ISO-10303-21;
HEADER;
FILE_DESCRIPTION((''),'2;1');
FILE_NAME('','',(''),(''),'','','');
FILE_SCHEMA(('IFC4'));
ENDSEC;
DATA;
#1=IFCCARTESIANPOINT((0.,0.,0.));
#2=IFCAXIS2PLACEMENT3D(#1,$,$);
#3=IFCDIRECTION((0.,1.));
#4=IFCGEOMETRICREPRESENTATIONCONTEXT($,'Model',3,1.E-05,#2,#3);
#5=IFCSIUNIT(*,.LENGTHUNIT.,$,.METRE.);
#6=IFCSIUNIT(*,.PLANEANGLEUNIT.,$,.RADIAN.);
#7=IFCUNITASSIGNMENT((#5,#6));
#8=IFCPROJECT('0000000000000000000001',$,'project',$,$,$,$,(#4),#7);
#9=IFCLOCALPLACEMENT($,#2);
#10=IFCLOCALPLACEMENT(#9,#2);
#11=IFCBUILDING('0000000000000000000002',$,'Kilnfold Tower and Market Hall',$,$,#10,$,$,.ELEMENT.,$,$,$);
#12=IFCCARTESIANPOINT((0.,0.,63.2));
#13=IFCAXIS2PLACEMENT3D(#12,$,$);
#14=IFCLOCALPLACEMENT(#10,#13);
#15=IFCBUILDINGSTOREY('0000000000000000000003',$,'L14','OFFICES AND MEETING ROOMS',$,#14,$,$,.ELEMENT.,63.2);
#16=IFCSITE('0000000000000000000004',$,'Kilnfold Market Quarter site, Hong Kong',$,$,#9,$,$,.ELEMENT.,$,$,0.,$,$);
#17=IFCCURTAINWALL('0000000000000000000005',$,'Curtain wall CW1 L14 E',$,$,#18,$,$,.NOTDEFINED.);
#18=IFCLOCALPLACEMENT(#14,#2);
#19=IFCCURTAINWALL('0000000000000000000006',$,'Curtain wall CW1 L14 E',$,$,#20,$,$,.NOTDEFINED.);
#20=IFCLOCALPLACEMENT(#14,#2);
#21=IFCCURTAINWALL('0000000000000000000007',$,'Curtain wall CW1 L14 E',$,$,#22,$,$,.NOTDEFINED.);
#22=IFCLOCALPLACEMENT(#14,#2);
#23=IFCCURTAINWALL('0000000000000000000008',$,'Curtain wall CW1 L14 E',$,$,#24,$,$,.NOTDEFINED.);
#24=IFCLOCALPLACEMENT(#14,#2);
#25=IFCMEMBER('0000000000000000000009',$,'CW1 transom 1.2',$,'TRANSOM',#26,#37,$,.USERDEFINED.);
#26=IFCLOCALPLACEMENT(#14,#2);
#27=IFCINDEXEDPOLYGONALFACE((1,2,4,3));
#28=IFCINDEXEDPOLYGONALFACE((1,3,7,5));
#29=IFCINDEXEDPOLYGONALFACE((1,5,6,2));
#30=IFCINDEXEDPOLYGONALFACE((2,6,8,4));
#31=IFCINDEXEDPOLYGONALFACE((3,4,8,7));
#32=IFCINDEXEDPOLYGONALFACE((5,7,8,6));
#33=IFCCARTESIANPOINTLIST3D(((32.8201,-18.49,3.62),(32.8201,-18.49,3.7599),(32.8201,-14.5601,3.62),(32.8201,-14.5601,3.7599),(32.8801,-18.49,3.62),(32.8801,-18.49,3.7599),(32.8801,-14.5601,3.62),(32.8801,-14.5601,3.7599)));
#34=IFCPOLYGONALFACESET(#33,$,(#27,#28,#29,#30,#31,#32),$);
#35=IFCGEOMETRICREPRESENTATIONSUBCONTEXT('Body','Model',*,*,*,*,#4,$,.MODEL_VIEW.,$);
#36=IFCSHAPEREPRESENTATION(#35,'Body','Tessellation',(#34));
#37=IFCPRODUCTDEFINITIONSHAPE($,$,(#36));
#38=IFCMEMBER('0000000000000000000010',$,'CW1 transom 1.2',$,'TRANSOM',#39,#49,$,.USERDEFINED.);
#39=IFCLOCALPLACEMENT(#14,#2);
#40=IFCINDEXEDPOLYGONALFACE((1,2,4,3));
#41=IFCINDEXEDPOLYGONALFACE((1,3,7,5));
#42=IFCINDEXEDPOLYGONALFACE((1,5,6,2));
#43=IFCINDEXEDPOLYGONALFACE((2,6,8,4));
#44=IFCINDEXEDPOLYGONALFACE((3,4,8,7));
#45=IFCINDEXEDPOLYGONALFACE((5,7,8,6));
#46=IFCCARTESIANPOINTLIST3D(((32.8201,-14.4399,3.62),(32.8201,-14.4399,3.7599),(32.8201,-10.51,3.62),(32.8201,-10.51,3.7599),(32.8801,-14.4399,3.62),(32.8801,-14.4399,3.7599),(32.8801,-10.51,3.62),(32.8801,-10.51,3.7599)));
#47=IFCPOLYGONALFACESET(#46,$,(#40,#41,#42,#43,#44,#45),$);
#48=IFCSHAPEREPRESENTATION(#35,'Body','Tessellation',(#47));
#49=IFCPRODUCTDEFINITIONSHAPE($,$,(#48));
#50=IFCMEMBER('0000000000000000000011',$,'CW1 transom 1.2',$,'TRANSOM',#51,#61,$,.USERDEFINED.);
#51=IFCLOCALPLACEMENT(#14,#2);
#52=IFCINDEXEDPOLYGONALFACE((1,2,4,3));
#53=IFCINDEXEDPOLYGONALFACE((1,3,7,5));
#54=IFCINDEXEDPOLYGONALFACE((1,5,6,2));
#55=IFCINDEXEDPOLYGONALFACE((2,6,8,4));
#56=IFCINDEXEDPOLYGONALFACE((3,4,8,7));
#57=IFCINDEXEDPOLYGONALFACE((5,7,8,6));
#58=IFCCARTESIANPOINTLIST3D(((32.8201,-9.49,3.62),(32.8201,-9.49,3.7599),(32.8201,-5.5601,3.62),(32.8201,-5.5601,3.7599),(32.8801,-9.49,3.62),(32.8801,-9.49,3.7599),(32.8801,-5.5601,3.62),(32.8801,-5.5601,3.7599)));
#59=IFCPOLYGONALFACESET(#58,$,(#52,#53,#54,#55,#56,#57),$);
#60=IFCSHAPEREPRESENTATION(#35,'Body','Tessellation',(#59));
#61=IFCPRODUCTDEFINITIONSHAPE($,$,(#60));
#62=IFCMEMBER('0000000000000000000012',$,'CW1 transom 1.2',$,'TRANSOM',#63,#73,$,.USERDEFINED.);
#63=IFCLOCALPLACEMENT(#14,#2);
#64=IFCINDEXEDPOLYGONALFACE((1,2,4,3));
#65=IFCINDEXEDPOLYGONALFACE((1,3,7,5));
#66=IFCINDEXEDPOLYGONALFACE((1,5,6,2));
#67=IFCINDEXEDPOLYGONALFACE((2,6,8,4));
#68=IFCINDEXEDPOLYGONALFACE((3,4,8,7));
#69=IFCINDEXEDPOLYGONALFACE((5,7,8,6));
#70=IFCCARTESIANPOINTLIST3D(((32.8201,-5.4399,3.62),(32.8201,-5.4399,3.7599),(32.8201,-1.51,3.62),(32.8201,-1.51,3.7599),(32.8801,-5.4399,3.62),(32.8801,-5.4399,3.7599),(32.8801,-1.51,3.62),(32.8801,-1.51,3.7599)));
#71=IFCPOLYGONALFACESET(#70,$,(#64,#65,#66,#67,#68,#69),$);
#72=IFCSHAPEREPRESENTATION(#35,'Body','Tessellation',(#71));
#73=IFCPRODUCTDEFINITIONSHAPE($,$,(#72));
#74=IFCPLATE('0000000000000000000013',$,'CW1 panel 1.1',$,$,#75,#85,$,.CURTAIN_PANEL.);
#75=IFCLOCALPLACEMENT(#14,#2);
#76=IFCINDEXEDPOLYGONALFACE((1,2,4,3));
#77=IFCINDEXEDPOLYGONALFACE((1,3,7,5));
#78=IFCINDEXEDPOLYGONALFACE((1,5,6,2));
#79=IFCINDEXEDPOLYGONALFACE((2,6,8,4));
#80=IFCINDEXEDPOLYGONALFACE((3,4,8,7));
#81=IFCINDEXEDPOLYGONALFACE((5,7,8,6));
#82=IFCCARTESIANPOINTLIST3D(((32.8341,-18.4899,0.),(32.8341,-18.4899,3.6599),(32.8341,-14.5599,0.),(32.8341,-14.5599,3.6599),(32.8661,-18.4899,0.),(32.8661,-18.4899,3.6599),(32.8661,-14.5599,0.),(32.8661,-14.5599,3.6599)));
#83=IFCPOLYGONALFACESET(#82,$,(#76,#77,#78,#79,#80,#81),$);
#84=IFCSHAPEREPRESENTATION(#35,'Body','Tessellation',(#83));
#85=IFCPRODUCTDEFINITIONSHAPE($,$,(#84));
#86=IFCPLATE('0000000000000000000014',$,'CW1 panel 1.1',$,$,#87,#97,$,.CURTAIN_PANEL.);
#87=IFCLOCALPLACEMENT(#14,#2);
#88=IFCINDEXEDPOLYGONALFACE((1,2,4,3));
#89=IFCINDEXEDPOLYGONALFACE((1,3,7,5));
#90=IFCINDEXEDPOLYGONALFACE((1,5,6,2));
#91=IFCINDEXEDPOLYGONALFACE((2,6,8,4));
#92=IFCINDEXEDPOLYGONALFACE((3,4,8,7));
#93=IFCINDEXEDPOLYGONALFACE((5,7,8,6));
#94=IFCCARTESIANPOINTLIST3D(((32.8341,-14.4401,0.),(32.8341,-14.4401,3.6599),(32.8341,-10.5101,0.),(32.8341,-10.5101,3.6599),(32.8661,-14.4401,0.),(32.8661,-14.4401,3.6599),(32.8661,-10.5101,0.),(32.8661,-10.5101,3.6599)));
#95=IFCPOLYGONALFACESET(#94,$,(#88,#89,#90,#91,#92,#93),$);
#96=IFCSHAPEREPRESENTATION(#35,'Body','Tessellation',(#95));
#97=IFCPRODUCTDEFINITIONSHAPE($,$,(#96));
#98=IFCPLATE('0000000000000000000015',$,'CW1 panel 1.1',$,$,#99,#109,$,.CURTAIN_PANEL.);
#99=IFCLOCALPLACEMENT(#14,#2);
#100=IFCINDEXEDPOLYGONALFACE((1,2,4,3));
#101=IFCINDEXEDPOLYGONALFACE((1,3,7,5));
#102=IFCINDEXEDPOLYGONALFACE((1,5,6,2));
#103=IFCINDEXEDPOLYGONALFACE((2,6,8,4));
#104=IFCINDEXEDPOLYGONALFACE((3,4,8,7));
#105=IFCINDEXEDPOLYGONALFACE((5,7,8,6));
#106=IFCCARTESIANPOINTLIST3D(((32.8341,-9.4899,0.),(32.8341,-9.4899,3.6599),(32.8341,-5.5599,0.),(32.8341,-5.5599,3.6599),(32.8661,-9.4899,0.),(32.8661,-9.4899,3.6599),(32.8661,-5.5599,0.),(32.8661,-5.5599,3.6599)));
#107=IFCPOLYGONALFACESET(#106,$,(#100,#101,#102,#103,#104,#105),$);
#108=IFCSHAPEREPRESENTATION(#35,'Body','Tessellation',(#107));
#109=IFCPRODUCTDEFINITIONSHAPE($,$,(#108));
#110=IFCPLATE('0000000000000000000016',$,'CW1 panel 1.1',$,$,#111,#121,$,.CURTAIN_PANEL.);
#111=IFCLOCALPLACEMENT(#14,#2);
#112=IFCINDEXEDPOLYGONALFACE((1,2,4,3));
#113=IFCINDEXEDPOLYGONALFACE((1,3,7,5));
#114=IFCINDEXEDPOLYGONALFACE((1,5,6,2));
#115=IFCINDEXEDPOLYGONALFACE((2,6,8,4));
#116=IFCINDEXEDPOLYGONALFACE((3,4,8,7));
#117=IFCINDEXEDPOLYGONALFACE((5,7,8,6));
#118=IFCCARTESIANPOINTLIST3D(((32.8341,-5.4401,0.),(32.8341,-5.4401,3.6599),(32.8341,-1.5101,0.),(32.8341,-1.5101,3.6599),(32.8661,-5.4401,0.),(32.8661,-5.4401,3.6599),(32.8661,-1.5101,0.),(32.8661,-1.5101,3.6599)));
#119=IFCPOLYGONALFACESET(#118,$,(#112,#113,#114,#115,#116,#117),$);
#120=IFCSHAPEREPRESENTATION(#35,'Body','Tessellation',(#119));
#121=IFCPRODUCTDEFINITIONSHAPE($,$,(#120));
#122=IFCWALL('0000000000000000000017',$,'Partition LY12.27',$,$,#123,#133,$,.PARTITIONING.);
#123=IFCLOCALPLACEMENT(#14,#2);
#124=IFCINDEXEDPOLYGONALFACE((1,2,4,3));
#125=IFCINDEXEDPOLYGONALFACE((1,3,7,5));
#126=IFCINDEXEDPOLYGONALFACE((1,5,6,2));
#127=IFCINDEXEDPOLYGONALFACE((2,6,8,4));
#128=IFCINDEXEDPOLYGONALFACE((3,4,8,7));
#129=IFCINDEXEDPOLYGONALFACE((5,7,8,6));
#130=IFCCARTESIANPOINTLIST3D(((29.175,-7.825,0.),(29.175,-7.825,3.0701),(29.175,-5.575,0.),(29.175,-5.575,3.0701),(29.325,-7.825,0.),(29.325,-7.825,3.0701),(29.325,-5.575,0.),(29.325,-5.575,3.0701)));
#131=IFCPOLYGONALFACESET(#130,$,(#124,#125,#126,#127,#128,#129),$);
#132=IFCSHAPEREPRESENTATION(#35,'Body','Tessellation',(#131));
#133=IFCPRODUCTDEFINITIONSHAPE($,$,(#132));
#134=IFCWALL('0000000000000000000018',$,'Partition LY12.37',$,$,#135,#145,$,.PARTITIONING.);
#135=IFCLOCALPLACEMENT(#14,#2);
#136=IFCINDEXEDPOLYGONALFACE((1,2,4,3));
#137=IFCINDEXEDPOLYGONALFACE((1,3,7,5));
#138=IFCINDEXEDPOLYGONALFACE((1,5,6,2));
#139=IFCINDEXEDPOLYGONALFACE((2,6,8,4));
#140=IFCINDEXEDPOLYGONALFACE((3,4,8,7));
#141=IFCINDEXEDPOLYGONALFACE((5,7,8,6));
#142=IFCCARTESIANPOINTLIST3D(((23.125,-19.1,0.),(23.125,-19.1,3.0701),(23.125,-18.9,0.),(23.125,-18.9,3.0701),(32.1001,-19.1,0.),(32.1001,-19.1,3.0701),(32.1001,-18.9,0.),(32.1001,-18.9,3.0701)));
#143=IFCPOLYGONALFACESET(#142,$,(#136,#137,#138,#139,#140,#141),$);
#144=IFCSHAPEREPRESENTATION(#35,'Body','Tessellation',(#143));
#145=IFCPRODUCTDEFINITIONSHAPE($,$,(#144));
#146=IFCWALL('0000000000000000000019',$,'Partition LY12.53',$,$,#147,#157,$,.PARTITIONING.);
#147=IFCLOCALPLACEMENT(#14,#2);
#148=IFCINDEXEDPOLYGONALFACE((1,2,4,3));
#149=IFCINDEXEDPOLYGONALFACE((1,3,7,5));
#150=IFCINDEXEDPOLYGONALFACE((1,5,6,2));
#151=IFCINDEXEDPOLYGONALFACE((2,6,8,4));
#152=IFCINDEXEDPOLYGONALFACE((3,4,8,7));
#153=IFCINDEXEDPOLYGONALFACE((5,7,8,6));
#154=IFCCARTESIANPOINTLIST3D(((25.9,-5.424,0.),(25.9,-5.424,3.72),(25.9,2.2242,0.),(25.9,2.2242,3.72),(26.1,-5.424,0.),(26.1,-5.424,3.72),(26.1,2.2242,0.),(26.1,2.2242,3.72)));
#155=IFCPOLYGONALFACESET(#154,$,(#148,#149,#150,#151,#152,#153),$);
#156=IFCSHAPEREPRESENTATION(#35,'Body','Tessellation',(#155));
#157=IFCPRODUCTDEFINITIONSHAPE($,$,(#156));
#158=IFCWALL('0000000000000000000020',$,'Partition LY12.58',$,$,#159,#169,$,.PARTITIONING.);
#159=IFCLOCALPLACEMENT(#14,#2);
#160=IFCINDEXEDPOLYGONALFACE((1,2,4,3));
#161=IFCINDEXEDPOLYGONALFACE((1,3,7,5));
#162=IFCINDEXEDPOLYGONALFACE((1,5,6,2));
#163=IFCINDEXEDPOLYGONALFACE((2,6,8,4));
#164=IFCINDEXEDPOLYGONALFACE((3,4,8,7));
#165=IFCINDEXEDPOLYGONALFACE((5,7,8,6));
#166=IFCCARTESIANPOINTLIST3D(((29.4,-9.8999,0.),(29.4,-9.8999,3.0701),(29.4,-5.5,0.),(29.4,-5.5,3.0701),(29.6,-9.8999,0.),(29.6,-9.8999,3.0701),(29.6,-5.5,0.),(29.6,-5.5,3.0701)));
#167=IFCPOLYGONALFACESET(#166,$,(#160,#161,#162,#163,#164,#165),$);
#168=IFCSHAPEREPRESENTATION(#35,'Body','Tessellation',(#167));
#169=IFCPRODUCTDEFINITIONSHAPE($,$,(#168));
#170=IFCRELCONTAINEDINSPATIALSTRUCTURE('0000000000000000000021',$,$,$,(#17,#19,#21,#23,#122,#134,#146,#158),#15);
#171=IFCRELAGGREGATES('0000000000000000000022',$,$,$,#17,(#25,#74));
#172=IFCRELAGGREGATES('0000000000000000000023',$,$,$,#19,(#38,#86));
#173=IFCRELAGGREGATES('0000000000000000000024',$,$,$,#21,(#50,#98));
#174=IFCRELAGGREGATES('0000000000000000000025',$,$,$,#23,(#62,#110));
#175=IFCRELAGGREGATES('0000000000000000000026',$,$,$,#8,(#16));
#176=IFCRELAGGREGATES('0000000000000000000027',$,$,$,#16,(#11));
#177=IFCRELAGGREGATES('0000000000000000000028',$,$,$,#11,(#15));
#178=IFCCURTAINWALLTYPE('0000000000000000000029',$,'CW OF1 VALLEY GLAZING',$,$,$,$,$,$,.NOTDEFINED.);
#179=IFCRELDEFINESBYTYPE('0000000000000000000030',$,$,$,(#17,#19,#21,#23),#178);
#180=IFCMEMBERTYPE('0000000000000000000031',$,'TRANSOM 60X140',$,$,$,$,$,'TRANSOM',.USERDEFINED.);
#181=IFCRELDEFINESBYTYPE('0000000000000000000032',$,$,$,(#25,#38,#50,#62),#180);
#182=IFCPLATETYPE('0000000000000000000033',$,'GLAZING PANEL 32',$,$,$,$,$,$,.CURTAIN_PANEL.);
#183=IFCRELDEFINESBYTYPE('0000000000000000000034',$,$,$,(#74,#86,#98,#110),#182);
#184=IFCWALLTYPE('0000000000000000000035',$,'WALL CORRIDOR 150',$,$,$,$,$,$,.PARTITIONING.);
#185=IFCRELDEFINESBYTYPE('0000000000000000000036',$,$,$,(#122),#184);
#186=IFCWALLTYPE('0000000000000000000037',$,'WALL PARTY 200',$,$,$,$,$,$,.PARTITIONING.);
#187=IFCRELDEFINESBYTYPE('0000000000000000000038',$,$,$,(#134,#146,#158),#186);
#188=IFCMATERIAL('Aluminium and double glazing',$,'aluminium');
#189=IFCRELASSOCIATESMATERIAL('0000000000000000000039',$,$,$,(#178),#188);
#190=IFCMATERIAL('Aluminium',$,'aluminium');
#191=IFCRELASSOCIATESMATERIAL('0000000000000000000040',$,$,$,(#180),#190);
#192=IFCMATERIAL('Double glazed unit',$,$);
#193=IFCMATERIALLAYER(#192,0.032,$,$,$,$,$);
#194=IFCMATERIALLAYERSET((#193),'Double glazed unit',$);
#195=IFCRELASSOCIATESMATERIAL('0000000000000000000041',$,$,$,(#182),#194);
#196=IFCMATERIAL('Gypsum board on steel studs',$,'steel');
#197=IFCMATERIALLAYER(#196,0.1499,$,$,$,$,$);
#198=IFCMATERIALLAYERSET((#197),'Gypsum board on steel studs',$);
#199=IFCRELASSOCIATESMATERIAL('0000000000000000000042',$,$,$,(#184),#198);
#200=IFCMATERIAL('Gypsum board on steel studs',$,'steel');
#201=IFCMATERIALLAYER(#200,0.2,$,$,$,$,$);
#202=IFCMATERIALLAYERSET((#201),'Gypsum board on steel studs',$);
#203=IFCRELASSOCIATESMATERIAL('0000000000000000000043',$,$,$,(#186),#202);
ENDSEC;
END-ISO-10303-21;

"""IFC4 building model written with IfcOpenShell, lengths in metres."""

from ifc_helpers import new_model, si_unit, direction, frame, frame_2d, origin, origin_2d, place, context, subcontext, project, spatial, rectangle, extrude, source, transform, mapped, material, layer, layer_set, material_profile, profile_set, type_object, element, aggregate, save


model = new_model("IFC4")

# Units and contexts
model_context = context("Model", 3, precision=1e-05, world=origin(), true_north=direction((0.0, 1.0)))
body_context = subcontext(model_context, "Body", "Model", "MODEL_VIEW")
ifc_project = project(units=[si_unit("LENGTHUNIT", "METRE"), si_unit("PLANEANGLEUNIT", "RADIAN")], contexts=[model_context])

# Site, building, storey
site_placement = place(None, origin())
site = spatial("IfcSite", under=ifc_project, at=site_placement, Name="Kilnfold Market Quarter site, Hong Kong", CompositionType="ELEMENT", RefElevation=0.0)
building_placement = place(site_placement, origin())
building = spatial("IfcBuilding", under=site, at=building_placement, Name="Kilnfold Tower and Market Hall", CompositionType="ELEMENT")
storey_placement = place(building_placement, frame((0.0, 0.0, 63.2)))
storey = spatial("IfcBuildingStorey", under=building, at=storey_placement, Name="L14", Description="OFFICES AND MEETING ROOMS", CompositionType="ELEMENT", Elevation=63.2)

# Curtain walls
ifc_material_1 = material(Name="Aluminium and double glazing", Category="aluminium")
curtain_wall_type = type_object("IfcCurtainWallType", Name="CW OF1 VALLEY GLAZING", PredefinedType="NOTDEFINED", material=ifc_material_1)
curtain_wall_1_placement = place(storey_placement, origin())
curtain_wall_1 = element("IfcCurtainWall", 1, at=curtain_wall_1_placement, inside=storey, type_object=curtain_wall_type, Name="Curtain wall CW1 L14 E", PredefinedType="NOTDEFINED")
curtain_wall_2_placement = place(storey_placement, origin())
curtain_wall_2 = element("IfcCurtainWall", 2, at=curtain_wall_2_placement, inside=storey, type_object=curtain_wall_type, Name="Curtain wall CW1 L14 E", PredefinedType="NOTDEFINED")
curtain_wall_3_placement = place(storey_placement, origin())
curtain_wall_3 = element("IfcCurtainWall", 3, at=curtain_wall_3_placement, inside=storey, type_object=curtain_wall_type, Name="Curtain wall CW1 L14 E", PredefinedType="NOTDEFINED")
curtain_wall_4_placement = place(storey_placement, origin())
curtain_wall_4 = element("IfcCurtainWall", 4, at=curtain_wall_4_placement, inside=storey, type_object=curtain_wall_type, Name="Curtain wall CW1 L14 E", PredefinedType="NOTDEFINED")

# Members
ifc_material_2 = material(Name="Aluminium", Category="aluminium")
ifc_material_profile_1 = material_profile(ifc_material_2, rectangle(XDim=0.0601, YDim=0.1399, at=origin_2d()), Name="TRANSOM 60x140")
ifc_profile_set_1 = profile_set([ifc_material_profile_1], Name="Aluminium")
member_type_1 = type_object("IfcMemberType", Name="TRANSOM 60X140", ElementType="TRANSOM", PredefinedType="USERDEFINED", material=ifc_profile_set_1)
shared_shape_1 = source(origin(), body_context, "Body", "SweptSolid", [
    extrude(rectangle(XDim=0.0601, YDim=0.1399, at=origin_2d()), origin(), (0.0, 0.0, 1.0), 3.9299),
])
member_1_placement = place(storey_placement, frame((32.8501, -18.49, 3.6899), z_axis=(0.0, 1.0, 0.0), x_axis=(-1.0, 0.0, 0.0)))
member_1 = element("IfcMember", 5, at=member_1_placement, type_object=member_type_1, Name="CW1 transom 1.2", ObjectType="TRANSOM", PredefinedType="USERDEFINED", context=body_context, shape_type="MappedRepresentation", body=[
    mapped(shared_shape_1, transform((0.0, 0.0, 0.0))),
])
member_2_placement = place(storey_placement, frame((32.8501, -14.4399, 3.6899), z_axis=(0.0, 1.0, 0.0), x_axis=(-1.0, 0.0, 0.0)))
member_2 = element("IfcMember", 6, at=member_2_placement, type_object=member_type_1, Name="CW1 transom 1.2", ObjectType="TRANSOM", PredefinedType="USERDEFINED", context=body_context, shape_type="MappedRepresentation", body=[
    mapped(shared_shape_1, transform((0.0, 0.0, 0.0))),
])
member_3_placement = place(storey_placement, frame((32.8501, -9.49, 3.6899), z_axis=(0.0, 1.0, 0.0), x_axis=(-1.0, 0.0, 0.0)))
member_3 = element("IfcMember", 7, at=member_3_placement, type_object=member_type_1, Name="CW1 transom 1.2", ObjectType="TRANSOM", PredefinedType="USERDEFINED", context=body_context, shape_type="MappedRepresentation", body=[
    mapped(shared_shape_1, transform((0.0, 0.0, 0.0))),
])
member_4_placement = place(storey_placement, frame((32.8501, -5.4399, 3.6899), z_axis=(0.0, 1.0, 0.0), x_axis=(-1.0, 0.0, 0.0)))
member_4 = element("IfcMember", 8, at=member_4_placement, type_object=member_type_1, Name="CW1 transom 1.2", ObjectType="TRANSOM", PredefinedType="USERDEFINED", context=body_context, shape_type="MappedRepresentation", body=[
    mapped(shared_shape_1, transform((0.0, 0.0, 0.0))),
])

# Plates
ifc_material_3 = material(Name="Double glazed unit")
ifc_layer_1 = layer(ifc_material_3, 0.032)
ifc_layer_set_1 = layer_set([ifc_layer_1], Name="Double glazed unit")
plate_type = type_object("IfcPlateType", Name="GLAZING PANEL 32", PredefinedType="CURTAIN_PANEL", material=ifc_layer_set_1)
shared_shape_2 = source(origin(), body_context, "Body", "SweptSolid", [
    extrude(rectangle(XDim=3.9299, YDim=0.032, at=origin_2d()), origin(), (0.0, 0.0, 1.0), 3.6599),
])
plate_1_placement = place(storey_placement, frame((32.8501, -16.5249, 0.0), z_axis=(0.0, 0.0, 1.0), x_axis=(0.0, 1.0, 0.0)))
plate_1 = element("IfcPlate", 9, at=plate_1_placement, type_object=plate_type, Name="CW1 panel 1.1", PredefinedType="CURTAIN_PANEL", context=body_context, shape_type="MappedRepresentation", body=[
    mapped(shared_shape_2, transform((0.0, 0.0, 0.0))),
])
aggregate(curtain_wall_1, [member_1, plate_1])
plate_2_placement = place(storey_placement, frame((32.8501, -12.4751, 0.0), z_axis=(0.0, 0.0, 1.0), x_axis=(0.0, 1.0, 0.0)))
plate_2 = element("IfcPlate", 10, at=plate_2_placement, type_object=plate_type, Name="CW1 panel 1.1", PredefinedType="CURTAIN_PANEL", context=body_context, shape_type="MappedRepresentation", body=[
    mapped(shared_shape_2, transform((0.0, 0.0, 0.0))),
])
aggregate(curtain_wall_2, [member_2, plate_2])
plate_3_placement = place(storey_placement, frame((32.8501, -7.5249, 0.0), z_axis=(0.0, 0.0, 1.0), x_axis=(0.0, 1.0, 0.0)))
plate_3 = element("IfcPlate", 11, at=plate_3_placement, type_object=plate_type, Name="CW1 panel 1.1", PredefinedType="CURTAIN_PANEL", context=body_context, shape_type="MappedRepresentation", body=[
    mapped(shared_shape_2, transform((0.0, 0.0, 0.0))),
])
aggregate(curtain_wall_3, [member_3, plate_3])
plate_4_placement = place(storey_placement, frame((32.8501, -3.4751, 0.0), z_axis=(0.0, 0.0, 1.0), x_axis=(0.0, 1.0, 0.0)))
plate_4 = element("IfcPlate", 12, at=plate_4_placement, type_object=plate_type, Name="CW1 panel 1.1", PredefinedType="CURTAIN_PANEL", context=body_context, shape_type="MappedRepresentation", body=[
    mapped(shared_shape_2, transform((0.0, 0.0, 0.0))),
])
aggregate(curtain_wall_4, [member_4, plate_4])

# Walls
ifc_material_4 = material(Name="Gypsum board on steel studs", Category="steel")
ifc_layer_2 = layer(ifc_material_4, 0.1499)
ifc_layer_set_2 = layer_set([ifc_layer_2], Name="Gypsum board on steel studs")
wall_type_1 = type_object("IfcWallType", Name="WALL CORRIDOR 150", PredefinedType="PARTITIONING", material=ifc_layer_set_2)
wall_1_placement = place(storey_placement, frame((29.25, -7.825, 0.0), z_axis=(0.0, 0.0, 1.0), x_axis=(0.0, 1.0, 0.0)))
element("IfcWall", 13, at=wall_1_placement, inside=storey, type_object=wall_type_1, Name="Partition LY12.27", PredefinedType="PARTITIONING", context=body_context, shape_type="SweptSolid", body=[
    extrude(rectangle(XDim=2.25, YDim=0.1499, at=frame_2d((1.125, 0.0))), origin(), (0.0, 0.0, 1.0), 3.0701),
])
ifc_material_5 = material(Name="Gypsum board on steel studs", Category="steel")
ifc_layer_3 = layer(ifc_material_5, 0.2)
ifc_layer_set_3 = layer_set([ifc_layer_3], Name="Gypsum board on steel studs")
wall_type_2 = type_object("IfcWallType", Name="WALL PARTY 200", PredefinedType="PARTITIONING", material=ifc_layer_set_3)
wall_2_placement = place(storey_placement, frame((23.125, -19.0, 0.0), z_axis=(0.0, 0.0, 1.0), x_axis=(1.0, 0.0, 0.0)))
element("IfcWall", 14, at=wall_2_placement, inside=storey, type_object=wall_type_2, Name="Partition LY12.37", PredefinedType="PARTITIONING", context=body_context, shape_type="SweptSolid", body=[
    extrude(rectangle(XDim=8.9751, YDim=0.2, at=frame_2d((4.4875, 0.0))), origin(), (0.0, 0.0, 1.0), 3.0701),
])
wall_3_placement = place(storey_placement, frame((26.0, -5.4241, 0.0), z_axis=(0.0, 0.0, 1.0), x_axis=(0.0, 1.0, 0.0)))
element("IfcWall", 15, at=wall_3_placement, inside=storey, type_object=wall_type_2, Name="Partition LY12.53", PredefinedType="PARTITIONING", context=body_context, shape_type="SweptSolid", body=[
    extrude(rectangle(XDim=7.6482, YDim=0.2, at=frame_2d((3.8242, 0.0))), origin(), (0.0, 0.0, 1.0), 3.72),
])
wall_4_placement = place(storey_placement, frame((29.5, -9.8999, 0.0), z_axis=(0.0, 0.0, 1.0), x_axis=(0.0, 1.0, 0.0)))
element("IfcWall", 16, at=wall_4_placement, inside=storey, type_object=wall_type_2, Name="Partition LY12.58", PredefinedType="PARTITIONING", context=body_context, shape_type="SweptSolid", body=[
    extrude(rectangle(XDim=4.3999, YDim=0.2, at=frame_2d((2.2, 0.0))), origin(), (0.0, 0.0, 1.0), 3.0701),
])

save(model, "model.ifc")
